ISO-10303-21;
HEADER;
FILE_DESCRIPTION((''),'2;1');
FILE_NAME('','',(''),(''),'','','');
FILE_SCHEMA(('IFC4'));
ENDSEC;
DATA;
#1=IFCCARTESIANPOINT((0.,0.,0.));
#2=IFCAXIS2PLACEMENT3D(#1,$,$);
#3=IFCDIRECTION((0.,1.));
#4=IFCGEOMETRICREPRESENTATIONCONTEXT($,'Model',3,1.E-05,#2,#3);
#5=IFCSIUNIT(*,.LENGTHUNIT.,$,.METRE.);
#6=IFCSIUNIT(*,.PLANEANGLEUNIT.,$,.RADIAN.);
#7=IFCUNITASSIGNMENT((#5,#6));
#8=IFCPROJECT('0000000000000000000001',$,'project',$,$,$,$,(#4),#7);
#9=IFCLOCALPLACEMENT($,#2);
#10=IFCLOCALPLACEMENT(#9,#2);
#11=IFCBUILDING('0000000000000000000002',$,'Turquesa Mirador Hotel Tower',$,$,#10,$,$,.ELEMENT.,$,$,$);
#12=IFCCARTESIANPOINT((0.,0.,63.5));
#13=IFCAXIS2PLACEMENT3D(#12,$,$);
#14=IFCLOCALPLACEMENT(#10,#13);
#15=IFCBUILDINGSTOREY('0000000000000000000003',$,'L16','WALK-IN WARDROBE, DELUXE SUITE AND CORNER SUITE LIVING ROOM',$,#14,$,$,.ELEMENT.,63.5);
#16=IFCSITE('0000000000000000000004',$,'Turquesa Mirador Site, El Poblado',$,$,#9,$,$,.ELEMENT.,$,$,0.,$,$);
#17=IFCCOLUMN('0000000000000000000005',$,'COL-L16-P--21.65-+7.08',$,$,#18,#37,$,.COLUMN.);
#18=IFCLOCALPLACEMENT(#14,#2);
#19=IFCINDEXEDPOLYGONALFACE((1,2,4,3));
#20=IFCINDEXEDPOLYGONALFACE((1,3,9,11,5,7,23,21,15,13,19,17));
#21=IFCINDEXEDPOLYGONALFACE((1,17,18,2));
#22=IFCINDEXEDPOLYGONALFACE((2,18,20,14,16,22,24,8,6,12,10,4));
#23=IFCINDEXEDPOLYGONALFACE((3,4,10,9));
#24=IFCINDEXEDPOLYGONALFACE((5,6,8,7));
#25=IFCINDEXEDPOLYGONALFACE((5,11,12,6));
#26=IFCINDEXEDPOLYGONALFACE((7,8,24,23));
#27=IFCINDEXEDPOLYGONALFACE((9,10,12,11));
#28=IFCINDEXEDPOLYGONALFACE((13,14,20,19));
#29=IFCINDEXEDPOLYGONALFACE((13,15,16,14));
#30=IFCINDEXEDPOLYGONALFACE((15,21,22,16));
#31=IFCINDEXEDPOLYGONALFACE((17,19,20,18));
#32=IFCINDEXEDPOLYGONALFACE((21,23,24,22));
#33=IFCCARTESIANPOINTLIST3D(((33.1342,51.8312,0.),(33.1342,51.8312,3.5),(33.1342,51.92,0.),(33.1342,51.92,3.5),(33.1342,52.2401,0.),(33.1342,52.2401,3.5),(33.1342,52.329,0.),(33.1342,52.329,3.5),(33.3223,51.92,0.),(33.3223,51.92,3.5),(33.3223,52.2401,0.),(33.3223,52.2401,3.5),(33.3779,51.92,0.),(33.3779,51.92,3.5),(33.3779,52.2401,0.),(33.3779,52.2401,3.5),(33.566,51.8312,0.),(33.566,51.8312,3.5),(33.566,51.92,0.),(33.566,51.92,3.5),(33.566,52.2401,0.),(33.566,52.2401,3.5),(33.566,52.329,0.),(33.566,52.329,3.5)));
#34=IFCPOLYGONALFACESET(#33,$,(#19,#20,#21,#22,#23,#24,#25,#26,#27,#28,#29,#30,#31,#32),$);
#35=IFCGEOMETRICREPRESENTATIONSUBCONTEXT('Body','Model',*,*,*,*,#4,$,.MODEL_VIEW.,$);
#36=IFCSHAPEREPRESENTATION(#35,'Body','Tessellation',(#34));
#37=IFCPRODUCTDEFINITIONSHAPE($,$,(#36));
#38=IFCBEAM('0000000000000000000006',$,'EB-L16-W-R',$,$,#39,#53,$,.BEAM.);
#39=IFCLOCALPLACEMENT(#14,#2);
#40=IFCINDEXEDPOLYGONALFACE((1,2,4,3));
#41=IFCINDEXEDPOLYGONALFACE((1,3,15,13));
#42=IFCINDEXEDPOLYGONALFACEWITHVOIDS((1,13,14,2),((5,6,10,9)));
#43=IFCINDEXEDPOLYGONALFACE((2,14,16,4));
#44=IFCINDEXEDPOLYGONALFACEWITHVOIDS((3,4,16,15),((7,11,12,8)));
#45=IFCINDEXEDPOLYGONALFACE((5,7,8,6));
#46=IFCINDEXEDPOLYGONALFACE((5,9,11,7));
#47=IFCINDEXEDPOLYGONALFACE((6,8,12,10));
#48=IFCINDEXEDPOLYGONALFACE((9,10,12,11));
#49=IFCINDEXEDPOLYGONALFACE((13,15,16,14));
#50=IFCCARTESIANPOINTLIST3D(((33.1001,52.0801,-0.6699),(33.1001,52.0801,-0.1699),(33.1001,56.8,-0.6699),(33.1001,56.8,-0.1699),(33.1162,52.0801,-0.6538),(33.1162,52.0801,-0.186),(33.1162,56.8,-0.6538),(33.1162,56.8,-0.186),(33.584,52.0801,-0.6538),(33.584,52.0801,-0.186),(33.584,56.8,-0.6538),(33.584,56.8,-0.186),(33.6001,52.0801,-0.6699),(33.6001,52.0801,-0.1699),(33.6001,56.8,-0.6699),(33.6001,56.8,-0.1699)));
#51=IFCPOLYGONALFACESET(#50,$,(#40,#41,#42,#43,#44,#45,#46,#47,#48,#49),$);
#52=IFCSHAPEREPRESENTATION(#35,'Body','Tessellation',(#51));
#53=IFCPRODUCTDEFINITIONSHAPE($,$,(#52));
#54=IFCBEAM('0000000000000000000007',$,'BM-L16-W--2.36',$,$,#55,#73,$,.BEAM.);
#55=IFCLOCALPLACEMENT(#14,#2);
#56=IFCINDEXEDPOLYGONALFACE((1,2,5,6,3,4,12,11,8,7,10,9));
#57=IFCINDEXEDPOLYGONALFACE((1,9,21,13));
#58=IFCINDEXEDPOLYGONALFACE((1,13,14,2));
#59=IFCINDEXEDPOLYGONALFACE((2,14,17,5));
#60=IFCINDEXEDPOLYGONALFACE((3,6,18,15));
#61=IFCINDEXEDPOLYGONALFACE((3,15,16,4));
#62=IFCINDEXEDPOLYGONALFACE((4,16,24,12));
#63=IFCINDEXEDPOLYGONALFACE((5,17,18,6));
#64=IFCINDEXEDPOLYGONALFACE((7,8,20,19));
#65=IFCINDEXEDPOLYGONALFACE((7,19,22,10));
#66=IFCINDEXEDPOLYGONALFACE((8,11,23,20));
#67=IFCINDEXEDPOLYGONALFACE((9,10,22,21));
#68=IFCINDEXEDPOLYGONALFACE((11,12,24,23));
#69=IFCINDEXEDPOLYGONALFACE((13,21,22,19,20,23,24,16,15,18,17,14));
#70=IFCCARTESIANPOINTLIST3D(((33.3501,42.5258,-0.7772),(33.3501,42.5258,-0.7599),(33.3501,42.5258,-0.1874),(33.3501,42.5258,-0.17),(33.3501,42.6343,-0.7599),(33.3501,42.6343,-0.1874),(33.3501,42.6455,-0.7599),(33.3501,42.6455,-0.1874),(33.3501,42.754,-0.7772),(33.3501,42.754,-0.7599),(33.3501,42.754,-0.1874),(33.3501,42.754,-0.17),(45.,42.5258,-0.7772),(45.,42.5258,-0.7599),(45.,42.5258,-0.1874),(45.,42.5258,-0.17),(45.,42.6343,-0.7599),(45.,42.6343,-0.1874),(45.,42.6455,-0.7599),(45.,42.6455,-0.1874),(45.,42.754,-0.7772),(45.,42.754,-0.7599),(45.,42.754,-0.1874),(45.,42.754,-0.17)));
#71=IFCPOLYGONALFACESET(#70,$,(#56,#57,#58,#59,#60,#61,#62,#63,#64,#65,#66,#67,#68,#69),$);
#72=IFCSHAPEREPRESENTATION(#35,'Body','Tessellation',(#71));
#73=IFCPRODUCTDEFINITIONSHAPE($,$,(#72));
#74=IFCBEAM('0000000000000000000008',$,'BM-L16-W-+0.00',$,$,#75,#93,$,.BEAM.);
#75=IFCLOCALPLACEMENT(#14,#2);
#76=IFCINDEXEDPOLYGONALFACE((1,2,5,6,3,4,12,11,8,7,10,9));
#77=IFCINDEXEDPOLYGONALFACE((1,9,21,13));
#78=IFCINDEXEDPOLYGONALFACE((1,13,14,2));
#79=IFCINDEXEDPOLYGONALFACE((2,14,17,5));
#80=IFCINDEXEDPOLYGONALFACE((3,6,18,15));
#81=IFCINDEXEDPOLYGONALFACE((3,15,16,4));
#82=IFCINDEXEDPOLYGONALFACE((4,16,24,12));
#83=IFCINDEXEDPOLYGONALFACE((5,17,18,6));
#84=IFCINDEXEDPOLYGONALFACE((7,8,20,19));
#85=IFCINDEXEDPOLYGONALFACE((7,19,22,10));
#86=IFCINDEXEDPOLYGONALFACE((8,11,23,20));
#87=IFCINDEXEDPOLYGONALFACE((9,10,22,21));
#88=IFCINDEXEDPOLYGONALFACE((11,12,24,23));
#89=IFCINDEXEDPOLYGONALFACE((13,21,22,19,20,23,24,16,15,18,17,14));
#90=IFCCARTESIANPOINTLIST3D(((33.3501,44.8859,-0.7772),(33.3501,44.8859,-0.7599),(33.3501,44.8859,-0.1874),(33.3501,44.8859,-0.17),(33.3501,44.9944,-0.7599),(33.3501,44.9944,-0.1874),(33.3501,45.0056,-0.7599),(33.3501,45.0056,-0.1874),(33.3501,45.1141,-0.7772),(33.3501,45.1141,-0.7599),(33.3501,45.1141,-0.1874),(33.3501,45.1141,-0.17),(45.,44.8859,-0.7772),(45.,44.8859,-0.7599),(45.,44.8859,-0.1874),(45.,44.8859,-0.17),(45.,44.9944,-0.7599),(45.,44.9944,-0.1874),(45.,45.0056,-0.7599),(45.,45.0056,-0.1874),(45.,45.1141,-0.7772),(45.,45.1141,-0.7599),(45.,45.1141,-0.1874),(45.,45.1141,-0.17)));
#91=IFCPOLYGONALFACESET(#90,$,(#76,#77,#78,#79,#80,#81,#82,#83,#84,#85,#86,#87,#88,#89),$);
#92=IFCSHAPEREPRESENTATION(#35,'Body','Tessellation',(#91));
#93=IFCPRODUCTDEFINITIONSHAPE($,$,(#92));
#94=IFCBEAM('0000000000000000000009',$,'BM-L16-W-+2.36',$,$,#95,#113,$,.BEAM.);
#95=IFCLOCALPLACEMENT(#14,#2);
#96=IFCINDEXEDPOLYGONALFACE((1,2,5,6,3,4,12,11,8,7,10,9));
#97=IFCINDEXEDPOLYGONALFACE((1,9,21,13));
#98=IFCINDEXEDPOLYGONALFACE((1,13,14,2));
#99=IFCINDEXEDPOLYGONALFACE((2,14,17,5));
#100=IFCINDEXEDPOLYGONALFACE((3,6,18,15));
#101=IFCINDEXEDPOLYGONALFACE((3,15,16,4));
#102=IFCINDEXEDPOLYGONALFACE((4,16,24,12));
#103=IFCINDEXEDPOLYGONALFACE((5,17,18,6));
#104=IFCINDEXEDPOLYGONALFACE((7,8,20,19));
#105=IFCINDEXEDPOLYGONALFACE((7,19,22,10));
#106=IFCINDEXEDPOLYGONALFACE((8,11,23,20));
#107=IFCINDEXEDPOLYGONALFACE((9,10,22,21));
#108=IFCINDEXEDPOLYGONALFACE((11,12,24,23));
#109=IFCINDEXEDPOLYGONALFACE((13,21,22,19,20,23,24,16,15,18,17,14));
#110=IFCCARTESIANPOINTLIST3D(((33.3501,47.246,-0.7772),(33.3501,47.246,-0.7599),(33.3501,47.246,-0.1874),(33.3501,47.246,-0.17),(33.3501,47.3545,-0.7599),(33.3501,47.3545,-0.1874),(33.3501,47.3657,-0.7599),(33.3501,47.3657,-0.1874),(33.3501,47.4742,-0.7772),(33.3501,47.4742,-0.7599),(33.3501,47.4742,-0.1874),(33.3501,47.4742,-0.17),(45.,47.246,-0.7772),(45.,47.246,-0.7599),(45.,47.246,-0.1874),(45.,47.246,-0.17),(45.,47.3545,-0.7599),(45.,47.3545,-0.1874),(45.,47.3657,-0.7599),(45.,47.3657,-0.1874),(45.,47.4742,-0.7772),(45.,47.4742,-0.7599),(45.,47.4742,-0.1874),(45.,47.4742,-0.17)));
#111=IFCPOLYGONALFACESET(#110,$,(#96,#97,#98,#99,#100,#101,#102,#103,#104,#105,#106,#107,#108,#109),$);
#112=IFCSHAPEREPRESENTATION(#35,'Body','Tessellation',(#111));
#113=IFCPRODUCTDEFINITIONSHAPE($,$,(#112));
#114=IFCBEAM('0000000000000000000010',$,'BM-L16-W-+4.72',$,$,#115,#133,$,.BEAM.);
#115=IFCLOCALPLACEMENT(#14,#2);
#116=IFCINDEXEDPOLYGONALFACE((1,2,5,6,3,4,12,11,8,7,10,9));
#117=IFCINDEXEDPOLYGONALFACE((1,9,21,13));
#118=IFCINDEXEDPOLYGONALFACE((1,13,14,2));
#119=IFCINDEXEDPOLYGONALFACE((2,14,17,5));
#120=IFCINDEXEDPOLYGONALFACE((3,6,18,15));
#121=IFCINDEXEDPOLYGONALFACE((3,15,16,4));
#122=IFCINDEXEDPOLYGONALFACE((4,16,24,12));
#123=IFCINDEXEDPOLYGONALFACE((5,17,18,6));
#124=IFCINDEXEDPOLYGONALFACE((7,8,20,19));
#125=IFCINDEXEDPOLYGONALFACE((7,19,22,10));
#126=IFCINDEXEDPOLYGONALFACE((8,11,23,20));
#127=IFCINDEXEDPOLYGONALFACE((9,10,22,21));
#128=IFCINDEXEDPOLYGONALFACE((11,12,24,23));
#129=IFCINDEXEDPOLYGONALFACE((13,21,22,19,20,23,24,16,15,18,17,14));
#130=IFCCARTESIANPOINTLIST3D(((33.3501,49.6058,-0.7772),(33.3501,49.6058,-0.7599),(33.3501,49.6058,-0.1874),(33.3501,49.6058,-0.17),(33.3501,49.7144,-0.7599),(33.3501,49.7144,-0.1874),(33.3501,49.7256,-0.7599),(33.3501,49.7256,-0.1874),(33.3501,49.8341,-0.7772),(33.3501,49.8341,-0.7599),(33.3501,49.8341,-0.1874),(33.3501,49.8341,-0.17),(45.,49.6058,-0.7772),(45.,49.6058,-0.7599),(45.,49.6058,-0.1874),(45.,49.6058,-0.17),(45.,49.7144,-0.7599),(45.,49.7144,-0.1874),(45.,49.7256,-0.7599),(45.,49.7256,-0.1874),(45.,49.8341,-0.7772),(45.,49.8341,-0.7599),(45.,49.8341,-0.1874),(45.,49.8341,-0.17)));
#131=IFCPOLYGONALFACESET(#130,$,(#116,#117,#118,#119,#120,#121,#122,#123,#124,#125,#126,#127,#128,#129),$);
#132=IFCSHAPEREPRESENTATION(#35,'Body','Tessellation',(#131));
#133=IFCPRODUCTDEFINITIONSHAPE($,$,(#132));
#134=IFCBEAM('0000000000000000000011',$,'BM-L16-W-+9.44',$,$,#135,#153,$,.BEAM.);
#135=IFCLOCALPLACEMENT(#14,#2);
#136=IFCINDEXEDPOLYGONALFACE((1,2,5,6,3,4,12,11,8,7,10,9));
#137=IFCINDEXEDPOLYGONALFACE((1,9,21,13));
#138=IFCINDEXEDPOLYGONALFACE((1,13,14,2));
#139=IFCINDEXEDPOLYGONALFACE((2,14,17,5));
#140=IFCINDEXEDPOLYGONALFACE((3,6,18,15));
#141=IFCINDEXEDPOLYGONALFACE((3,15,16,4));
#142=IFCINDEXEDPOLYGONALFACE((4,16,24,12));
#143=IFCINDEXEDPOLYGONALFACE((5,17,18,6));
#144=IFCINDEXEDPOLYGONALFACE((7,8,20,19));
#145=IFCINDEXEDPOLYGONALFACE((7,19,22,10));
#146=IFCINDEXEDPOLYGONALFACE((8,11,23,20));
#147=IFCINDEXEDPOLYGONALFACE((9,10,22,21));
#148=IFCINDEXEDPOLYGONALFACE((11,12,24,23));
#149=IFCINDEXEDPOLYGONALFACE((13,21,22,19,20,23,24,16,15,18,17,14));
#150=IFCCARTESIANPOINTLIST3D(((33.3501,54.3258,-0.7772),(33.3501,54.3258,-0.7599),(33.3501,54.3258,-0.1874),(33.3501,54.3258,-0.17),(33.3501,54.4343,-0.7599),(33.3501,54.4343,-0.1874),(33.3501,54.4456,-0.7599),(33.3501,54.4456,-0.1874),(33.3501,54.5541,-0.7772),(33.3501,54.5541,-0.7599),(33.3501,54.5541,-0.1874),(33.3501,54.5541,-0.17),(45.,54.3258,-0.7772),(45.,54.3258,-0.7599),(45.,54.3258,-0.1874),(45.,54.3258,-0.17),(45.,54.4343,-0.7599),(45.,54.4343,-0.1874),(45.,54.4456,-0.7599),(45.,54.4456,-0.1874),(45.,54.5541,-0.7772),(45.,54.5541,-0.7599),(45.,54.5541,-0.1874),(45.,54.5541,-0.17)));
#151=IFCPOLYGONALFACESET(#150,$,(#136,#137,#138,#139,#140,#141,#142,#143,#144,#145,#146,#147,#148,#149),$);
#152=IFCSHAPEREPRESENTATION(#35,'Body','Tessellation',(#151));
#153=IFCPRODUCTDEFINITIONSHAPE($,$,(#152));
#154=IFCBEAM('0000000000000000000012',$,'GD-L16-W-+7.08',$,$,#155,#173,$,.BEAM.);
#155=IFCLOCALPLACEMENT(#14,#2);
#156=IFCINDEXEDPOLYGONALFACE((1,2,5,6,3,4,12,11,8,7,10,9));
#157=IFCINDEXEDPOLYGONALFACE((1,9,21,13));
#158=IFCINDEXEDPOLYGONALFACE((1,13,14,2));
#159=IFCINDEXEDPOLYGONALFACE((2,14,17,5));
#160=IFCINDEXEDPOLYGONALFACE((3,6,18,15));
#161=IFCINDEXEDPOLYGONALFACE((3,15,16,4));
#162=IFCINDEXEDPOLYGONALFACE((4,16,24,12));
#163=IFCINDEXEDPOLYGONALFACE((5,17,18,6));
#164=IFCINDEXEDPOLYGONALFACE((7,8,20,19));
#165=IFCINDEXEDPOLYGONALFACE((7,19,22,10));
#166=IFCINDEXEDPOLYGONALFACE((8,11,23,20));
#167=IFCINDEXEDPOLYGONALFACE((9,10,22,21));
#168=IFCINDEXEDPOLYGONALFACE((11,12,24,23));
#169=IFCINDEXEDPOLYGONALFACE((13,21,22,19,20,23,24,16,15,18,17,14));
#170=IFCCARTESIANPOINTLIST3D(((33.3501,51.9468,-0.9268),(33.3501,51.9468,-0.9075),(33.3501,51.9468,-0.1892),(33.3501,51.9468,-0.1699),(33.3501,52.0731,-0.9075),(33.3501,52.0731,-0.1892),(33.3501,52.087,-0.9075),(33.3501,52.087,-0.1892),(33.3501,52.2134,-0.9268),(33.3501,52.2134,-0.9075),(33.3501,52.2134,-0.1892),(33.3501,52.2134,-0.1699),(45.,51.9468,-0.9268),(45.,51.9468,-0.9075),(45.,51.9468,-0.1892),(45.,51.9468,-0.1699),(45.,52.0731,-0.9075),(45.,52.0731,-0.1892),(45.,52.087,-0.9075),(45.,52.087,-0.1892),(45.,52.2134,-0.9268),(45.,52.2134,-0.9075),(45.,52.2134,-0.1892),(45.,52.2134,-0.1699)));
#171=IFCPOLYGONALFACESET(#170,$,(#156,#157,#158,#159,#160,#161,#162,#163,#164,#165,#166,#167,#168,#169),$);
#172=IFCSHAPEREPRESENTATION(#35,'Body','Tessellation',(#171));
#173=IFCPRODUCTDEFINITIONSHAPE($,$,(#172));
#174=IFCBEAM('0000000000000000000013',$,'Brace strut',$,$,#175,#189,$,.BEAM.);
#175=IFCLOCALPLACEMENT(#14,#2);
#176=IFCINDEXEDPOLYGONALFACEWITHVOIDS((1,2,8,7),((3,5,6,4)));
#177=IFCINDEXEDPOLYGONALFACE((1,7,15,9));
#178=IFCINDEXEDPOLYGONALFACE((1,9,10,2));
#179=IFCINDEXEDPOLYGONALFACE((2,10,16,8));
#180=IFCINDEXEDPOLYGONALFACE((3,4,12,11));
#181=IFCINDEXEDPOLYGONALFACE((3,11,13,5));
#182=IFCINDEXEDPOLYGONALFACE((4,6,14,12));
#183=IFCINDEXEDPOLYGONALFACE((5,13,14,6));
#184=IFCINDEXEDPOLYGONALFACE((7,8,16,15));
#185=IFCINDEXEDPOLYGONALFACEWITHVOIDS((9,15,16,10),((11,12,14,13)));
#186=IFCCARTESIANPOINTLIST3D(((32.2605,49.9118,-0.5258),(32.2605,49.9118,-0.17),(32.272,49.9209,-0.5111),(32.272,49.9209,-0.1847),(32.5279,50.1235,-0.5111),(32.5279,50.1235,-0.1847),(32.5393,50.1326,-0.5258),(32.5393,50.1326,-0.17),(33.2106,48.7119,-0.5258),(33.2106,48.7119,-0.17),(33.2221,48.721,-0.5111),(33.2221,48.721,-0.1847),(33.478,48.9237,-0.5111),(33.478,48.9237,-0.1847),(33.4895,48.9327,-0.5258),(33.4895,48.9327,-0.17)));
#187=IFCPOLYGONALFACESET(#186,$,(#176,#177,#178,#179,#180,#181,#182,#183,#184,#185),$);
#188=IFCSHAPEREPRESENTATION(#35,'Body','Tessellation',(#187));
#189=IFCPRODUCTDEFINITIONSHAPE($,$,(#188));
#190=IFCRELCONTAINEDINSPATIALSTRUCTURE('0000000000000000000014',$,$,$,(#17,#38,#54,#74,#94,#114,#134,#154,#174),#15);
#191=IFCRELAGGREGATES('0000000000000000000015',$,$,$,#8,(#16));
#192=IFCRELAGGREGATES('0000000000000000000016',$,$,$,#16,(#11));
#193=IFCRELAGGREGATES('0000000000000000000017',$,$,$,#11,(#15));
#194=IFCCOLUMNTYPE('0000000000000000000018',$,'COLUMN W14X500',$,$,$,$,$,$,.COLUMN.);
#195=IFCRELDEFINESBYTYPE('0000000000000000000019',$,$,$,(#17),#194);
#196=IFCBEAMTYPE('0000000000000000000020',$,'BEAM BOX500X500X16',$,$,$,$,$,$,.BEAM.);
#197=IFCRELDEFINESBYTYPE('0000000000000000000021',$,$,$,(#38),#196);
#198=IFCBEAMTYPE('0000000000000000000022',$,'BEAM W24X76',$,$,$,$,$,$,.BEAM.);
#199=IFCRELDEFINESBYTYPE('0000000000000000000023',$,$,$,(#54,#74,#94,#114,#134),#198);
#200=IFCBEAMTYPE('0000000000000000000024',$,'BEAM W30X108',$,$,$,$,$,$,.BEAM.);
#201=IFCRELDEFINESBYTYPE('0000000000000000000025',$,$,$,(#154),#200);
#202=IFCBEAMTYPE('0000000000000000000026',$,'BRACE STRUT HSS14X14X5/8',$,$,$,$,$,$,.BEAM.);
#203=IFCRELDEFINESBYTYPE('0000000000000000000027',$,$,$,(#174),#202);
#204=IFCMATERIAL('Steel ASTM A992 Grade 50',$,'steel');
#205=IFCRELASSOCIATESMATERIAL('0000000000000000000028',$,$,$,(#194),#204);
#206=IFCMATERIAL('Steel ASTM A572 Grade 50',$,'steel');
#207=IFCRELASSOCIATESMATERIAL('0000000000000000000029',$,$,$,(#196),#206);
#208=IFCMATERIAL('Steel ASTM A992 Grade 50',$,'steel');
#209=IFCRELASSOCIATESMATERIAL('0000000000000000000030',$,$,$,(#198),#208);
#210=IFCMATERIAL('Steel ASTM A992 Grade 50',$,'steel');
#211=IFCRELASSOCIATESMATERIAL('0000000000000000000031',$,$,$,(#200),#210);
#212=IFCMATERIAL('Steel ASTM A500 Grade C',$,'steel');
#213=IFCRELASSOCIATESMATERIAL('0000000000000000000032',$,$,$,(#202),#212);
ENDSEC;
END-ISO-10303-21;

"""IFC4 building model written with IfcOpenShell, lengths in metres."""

from ifc_helpers import new_model, si_unit, direction, frame, origin, origin_2d, place, context, subcontext, project, spatial, hollow_rectangle, i_section, extrude, material, material_profile, profile_set, type_object, element, save


model = new_model("IFC4")

# Units and contexts
model_context = context("Model", 3, precision=1e-05, world=origin(), true_north=direction((0.0, 1.0)))
body_context = subcontext(model_context, "Body", "Model", "MODEL_VIEW")
ifc_project = project(units=[si_unit("LENGTHUNIT", "METRE"), si_unit("PLANEANGLEUNIT", "RADIAN")], contexts=[model_context])

# Site, building, storey
site_placement = place(None, origin())
site = spatial("IfcSite", under=ifc_project, at=site_placement, Name="Turquesa Mirador Site, El Poblado", CompositionType="ELEMENT", RefElevation=0.0)
building_placement = place(site_placement, origin())
building = spatial("IfcBuilding", under=site, at=building_placement, Name="Turquesa Mirador Hotel Tower", CompositionType="ELEMENT")
storey_placement = place(building_placement, frame((0.0, 0.0, 63.5)))
storey = spatial("IfcBuildingStorey", under=building, at=storey_placement, Name="L16", Description="WALK-IN WARDROBE, DELUXE SUITE AND CORNER SUITE LIVING ROOM", CompositionType="ELEMENT", Elevation=63.5)

# Column
ifc_material_1 = material(Name="Steel ASTM A992 Grade 50", Category="steel")
ifc_material_profile_1 = material_profile(ifc_material_1, i_section(OverallWidth=0.4319, OverallDepth=0.4978, WebThickness=0.0557, FlangeThickness=0.0889, at=origin_2d()), Name="W14X500")
ifc_profile_set_1 = profile_set([ifc_material_profile_1], Name="Steel ASTM A992 Grade 50")
column_type = type_object("IfcColumnType", Name="COLUMN W14X500", PredefinedType="COLUMN", material=ifc_profile_set_1)
column_placement = place(storey_placement, frame((33.3501, 52.0801, 0.0), z_axis=(0.0, 0.0, 1.0), x_axis=(1.0, 0.0, 0.0)))
element("IfcColumn", 1, at=column_placement, inside=storey, type_object=column_type, Name="COL-L16-P--21.65-+7.08", PredefinedType="COLUMN", context=body_context, shape_type="SweptSolid", body=[
    extrude(i_section(OverallWidth=0.4319, OverallDepth=0.4978, WebThickness=0.0557, FlangeThickness=0.0889, at=origin_2d()), origin(), (0.0, 0.0, 1.0), 3.5),
])

# Beams
ifc_material_2 = material(Name="Steel ASTM A572 Grade 50", Category="steel")
ifc_material_profile_2 = material_profile(ifc_material_2, hollow_rectangle(XDim=0.5, YDim=0.5, WallThickness=0.0161, at=origin_2d()), Name="BOX500X500X16")
ifc_profile_set_2 = profile_set([ifc_material_profile_2], Name="Steel ASTM A572 Grade 50")
beam_type_1 = type_object("IfcBeamType", Name="BEAM BOX500X500X16", PredefinedType="BEAM", material=ifc_profile_set_2)
beam_1_placement = place(storey_placement, frame((33.3501, 52.0801, -0.4199), z_axis=(0.0, 1.0, 0.0), x_axis=(-1.0, 0.0, 0.0)))
element("IfcBeam", 2, at=beam_1_placement, inside=storey, type_object=beam_type_1, Name="EB-L16-W-R", PredefinedType="BEAM", context=body_context, shape_type="SweptSolid", body=[
    extrude(hollow_rectangle(XDim=0.5, YDim=0.5, WallThickness=0.0161, at=origin_2d()), origin(), (0.0, 0.0, 1.0), 4.72),
])
ifc_material_3 = material(Name="Steel ASTM A992 Grade 50", Category="steel")
ifc_material_profile_3 = material_profile(ifc_material_3, i_section(OverallWidth=0.2283, OverallDepth=0.6072, WebThickness=0.0112, FlangeThickness=0.0173, at=origin_2d()), Name="W24X76")
ifc_profile_set_3 = profile_set([ifc_material_profile_3], Name="Steel ASTM A992 Grade 50")
beam_type_2 = type_object("IfcBeamType", Name="BEAM W24X76", PredefinedType="BEAM", material=ifc_profile_set_3)
for number, where, z_axis, x_axis, name in (
    (3, (33.3501, 42.6399, -0.4736), (1.0, 0.0, 0.0), (0.0, 1.0, 0.0), "BM-L16-W--2.36"),
    (4, (33.3501, 45.0, -0.4736), (1.0, 0.0, 0.0), (0.0, 1.0, 0.0), "BM-L16-W-+0.00"),
    (5, (33.3501, 47.3601, -0.4736), (1.0, 0.0, 0.0), (0.0, 1.0, 0.0), "BM-L16-W-+2.36"),
    (6, (33.3501, 49.72, -0.4736), (1.0, 0.0, 0.0), (0.0, 1.0, 0.0), "BM-L16-W-+4.72"),
    (7, (33.3501, 54.4399, -0.4736), (1.0, 0.0, 0.0), (0.0, 1.0, 0.0), "BM-L16-W-+9.44"),
):
    element("IfcBeam", number, at=place(storey_placement, frame(where, z_axis=z_axis, x_axis=x_axis)), inside=storey, type_object=beam_type_2, Name=name, PredefinedType="BEAM", context=body_context, shape_type="SweptSolid", body=[
        extrude(i_section(OverallWidth=0.2283, OverallDepth=0.6072, WebThickness=0.0112, FlangeThickness=0.0173, at=origin_2d()), origin(), (0.0, 0.0, 1.0), 11.6499),
    ])
ifc_material_4 = material(Name="Steel ASTM A992 Grade 50", Category="steel")
ifc_material_profile_4 = material_profile(ifc_material_4, i_section(OverallWidth=0.2666, OverallDepth=0.7568, WebThickness=0.0139, FlangeThickness=0.0193, at=origin_2d()), Name="W30X108")
ifc_profile_set_4 = profile_set([ifc_material_profile_4], Name="Steel ASTM A992 Grade 50")
beam_type_3 = type_object("IfcBeamType", Name="BEAM W30X108", PredefinedType="BEAM", material=ifc_profile_set_4)
beam_2_placement = place(storey_placement, frame((33.3501, 52.0801, -0.5483), z_axis=(1.0, 0.0, 0.0), x_axis=(0.0, 1.0, 0.0)))
element("IfcBeam", 8, at=beam_2_placement, inside=storey, type_object=beam_type_3, Name="GD-L16-W-+7.08", PredefinedType="BEAM", context=body_context, shape_type="SweptSolid", body=[
    extrude(i_section(OverallWidth=0.2666, OverallDepth=0.7568, WebThickness=0.0139, FlangeThickness=0.0193, at=origin_2d()), origin(), (0.0, 0.0, 1.0), 11.6499),
])
ifc_material_5 = material(Name="Steel ASTM A500 Grade C", Category="steel")
ifc_material_profile_5 = material_profile(ifc_material_5, hollow_rectangle(XDim=0.3557, YDim=0.3557, WallThickness=0.0146, at=origin_2d()), Name="HSS14X14X5/8")
ifc_profile_set_5 = profile_set([ifc_material_profile_5], Name="Steel ASTM A500 Grade C")
beam_type_4 = type_object("IfcBeamType", Name="BRACE STRUT HSS14X14X5/8", PredefinedType="BEAM", material=ifc_profile_set_5)
for number, where, z_axis, x_axis, name in (
    (9, (32.3999, 50.0222, -0.3479), (0.620797, -0.783971, 0.0), (0.783971, 0.620797, 0.0), "Brace strut"),
):
    element("IfcBeam", number, at=place(storey_placement, frame(where, z_axis=z_axis, x_axis=x_axis)), inside=storey, type_object=beam_type_4, Name=name, PredefinedType="BEAM", context=body_context, shape_type="SweptSolid", body=[
        extrude(hollow_rectangle(XDim=0.3557, YDim=0.3557, WallThickness=0.0146, at=origin_2d()), origin(), (0.0, 0.0, 1.0), 1.5305),
    ])

save(model, "model.ifc")
